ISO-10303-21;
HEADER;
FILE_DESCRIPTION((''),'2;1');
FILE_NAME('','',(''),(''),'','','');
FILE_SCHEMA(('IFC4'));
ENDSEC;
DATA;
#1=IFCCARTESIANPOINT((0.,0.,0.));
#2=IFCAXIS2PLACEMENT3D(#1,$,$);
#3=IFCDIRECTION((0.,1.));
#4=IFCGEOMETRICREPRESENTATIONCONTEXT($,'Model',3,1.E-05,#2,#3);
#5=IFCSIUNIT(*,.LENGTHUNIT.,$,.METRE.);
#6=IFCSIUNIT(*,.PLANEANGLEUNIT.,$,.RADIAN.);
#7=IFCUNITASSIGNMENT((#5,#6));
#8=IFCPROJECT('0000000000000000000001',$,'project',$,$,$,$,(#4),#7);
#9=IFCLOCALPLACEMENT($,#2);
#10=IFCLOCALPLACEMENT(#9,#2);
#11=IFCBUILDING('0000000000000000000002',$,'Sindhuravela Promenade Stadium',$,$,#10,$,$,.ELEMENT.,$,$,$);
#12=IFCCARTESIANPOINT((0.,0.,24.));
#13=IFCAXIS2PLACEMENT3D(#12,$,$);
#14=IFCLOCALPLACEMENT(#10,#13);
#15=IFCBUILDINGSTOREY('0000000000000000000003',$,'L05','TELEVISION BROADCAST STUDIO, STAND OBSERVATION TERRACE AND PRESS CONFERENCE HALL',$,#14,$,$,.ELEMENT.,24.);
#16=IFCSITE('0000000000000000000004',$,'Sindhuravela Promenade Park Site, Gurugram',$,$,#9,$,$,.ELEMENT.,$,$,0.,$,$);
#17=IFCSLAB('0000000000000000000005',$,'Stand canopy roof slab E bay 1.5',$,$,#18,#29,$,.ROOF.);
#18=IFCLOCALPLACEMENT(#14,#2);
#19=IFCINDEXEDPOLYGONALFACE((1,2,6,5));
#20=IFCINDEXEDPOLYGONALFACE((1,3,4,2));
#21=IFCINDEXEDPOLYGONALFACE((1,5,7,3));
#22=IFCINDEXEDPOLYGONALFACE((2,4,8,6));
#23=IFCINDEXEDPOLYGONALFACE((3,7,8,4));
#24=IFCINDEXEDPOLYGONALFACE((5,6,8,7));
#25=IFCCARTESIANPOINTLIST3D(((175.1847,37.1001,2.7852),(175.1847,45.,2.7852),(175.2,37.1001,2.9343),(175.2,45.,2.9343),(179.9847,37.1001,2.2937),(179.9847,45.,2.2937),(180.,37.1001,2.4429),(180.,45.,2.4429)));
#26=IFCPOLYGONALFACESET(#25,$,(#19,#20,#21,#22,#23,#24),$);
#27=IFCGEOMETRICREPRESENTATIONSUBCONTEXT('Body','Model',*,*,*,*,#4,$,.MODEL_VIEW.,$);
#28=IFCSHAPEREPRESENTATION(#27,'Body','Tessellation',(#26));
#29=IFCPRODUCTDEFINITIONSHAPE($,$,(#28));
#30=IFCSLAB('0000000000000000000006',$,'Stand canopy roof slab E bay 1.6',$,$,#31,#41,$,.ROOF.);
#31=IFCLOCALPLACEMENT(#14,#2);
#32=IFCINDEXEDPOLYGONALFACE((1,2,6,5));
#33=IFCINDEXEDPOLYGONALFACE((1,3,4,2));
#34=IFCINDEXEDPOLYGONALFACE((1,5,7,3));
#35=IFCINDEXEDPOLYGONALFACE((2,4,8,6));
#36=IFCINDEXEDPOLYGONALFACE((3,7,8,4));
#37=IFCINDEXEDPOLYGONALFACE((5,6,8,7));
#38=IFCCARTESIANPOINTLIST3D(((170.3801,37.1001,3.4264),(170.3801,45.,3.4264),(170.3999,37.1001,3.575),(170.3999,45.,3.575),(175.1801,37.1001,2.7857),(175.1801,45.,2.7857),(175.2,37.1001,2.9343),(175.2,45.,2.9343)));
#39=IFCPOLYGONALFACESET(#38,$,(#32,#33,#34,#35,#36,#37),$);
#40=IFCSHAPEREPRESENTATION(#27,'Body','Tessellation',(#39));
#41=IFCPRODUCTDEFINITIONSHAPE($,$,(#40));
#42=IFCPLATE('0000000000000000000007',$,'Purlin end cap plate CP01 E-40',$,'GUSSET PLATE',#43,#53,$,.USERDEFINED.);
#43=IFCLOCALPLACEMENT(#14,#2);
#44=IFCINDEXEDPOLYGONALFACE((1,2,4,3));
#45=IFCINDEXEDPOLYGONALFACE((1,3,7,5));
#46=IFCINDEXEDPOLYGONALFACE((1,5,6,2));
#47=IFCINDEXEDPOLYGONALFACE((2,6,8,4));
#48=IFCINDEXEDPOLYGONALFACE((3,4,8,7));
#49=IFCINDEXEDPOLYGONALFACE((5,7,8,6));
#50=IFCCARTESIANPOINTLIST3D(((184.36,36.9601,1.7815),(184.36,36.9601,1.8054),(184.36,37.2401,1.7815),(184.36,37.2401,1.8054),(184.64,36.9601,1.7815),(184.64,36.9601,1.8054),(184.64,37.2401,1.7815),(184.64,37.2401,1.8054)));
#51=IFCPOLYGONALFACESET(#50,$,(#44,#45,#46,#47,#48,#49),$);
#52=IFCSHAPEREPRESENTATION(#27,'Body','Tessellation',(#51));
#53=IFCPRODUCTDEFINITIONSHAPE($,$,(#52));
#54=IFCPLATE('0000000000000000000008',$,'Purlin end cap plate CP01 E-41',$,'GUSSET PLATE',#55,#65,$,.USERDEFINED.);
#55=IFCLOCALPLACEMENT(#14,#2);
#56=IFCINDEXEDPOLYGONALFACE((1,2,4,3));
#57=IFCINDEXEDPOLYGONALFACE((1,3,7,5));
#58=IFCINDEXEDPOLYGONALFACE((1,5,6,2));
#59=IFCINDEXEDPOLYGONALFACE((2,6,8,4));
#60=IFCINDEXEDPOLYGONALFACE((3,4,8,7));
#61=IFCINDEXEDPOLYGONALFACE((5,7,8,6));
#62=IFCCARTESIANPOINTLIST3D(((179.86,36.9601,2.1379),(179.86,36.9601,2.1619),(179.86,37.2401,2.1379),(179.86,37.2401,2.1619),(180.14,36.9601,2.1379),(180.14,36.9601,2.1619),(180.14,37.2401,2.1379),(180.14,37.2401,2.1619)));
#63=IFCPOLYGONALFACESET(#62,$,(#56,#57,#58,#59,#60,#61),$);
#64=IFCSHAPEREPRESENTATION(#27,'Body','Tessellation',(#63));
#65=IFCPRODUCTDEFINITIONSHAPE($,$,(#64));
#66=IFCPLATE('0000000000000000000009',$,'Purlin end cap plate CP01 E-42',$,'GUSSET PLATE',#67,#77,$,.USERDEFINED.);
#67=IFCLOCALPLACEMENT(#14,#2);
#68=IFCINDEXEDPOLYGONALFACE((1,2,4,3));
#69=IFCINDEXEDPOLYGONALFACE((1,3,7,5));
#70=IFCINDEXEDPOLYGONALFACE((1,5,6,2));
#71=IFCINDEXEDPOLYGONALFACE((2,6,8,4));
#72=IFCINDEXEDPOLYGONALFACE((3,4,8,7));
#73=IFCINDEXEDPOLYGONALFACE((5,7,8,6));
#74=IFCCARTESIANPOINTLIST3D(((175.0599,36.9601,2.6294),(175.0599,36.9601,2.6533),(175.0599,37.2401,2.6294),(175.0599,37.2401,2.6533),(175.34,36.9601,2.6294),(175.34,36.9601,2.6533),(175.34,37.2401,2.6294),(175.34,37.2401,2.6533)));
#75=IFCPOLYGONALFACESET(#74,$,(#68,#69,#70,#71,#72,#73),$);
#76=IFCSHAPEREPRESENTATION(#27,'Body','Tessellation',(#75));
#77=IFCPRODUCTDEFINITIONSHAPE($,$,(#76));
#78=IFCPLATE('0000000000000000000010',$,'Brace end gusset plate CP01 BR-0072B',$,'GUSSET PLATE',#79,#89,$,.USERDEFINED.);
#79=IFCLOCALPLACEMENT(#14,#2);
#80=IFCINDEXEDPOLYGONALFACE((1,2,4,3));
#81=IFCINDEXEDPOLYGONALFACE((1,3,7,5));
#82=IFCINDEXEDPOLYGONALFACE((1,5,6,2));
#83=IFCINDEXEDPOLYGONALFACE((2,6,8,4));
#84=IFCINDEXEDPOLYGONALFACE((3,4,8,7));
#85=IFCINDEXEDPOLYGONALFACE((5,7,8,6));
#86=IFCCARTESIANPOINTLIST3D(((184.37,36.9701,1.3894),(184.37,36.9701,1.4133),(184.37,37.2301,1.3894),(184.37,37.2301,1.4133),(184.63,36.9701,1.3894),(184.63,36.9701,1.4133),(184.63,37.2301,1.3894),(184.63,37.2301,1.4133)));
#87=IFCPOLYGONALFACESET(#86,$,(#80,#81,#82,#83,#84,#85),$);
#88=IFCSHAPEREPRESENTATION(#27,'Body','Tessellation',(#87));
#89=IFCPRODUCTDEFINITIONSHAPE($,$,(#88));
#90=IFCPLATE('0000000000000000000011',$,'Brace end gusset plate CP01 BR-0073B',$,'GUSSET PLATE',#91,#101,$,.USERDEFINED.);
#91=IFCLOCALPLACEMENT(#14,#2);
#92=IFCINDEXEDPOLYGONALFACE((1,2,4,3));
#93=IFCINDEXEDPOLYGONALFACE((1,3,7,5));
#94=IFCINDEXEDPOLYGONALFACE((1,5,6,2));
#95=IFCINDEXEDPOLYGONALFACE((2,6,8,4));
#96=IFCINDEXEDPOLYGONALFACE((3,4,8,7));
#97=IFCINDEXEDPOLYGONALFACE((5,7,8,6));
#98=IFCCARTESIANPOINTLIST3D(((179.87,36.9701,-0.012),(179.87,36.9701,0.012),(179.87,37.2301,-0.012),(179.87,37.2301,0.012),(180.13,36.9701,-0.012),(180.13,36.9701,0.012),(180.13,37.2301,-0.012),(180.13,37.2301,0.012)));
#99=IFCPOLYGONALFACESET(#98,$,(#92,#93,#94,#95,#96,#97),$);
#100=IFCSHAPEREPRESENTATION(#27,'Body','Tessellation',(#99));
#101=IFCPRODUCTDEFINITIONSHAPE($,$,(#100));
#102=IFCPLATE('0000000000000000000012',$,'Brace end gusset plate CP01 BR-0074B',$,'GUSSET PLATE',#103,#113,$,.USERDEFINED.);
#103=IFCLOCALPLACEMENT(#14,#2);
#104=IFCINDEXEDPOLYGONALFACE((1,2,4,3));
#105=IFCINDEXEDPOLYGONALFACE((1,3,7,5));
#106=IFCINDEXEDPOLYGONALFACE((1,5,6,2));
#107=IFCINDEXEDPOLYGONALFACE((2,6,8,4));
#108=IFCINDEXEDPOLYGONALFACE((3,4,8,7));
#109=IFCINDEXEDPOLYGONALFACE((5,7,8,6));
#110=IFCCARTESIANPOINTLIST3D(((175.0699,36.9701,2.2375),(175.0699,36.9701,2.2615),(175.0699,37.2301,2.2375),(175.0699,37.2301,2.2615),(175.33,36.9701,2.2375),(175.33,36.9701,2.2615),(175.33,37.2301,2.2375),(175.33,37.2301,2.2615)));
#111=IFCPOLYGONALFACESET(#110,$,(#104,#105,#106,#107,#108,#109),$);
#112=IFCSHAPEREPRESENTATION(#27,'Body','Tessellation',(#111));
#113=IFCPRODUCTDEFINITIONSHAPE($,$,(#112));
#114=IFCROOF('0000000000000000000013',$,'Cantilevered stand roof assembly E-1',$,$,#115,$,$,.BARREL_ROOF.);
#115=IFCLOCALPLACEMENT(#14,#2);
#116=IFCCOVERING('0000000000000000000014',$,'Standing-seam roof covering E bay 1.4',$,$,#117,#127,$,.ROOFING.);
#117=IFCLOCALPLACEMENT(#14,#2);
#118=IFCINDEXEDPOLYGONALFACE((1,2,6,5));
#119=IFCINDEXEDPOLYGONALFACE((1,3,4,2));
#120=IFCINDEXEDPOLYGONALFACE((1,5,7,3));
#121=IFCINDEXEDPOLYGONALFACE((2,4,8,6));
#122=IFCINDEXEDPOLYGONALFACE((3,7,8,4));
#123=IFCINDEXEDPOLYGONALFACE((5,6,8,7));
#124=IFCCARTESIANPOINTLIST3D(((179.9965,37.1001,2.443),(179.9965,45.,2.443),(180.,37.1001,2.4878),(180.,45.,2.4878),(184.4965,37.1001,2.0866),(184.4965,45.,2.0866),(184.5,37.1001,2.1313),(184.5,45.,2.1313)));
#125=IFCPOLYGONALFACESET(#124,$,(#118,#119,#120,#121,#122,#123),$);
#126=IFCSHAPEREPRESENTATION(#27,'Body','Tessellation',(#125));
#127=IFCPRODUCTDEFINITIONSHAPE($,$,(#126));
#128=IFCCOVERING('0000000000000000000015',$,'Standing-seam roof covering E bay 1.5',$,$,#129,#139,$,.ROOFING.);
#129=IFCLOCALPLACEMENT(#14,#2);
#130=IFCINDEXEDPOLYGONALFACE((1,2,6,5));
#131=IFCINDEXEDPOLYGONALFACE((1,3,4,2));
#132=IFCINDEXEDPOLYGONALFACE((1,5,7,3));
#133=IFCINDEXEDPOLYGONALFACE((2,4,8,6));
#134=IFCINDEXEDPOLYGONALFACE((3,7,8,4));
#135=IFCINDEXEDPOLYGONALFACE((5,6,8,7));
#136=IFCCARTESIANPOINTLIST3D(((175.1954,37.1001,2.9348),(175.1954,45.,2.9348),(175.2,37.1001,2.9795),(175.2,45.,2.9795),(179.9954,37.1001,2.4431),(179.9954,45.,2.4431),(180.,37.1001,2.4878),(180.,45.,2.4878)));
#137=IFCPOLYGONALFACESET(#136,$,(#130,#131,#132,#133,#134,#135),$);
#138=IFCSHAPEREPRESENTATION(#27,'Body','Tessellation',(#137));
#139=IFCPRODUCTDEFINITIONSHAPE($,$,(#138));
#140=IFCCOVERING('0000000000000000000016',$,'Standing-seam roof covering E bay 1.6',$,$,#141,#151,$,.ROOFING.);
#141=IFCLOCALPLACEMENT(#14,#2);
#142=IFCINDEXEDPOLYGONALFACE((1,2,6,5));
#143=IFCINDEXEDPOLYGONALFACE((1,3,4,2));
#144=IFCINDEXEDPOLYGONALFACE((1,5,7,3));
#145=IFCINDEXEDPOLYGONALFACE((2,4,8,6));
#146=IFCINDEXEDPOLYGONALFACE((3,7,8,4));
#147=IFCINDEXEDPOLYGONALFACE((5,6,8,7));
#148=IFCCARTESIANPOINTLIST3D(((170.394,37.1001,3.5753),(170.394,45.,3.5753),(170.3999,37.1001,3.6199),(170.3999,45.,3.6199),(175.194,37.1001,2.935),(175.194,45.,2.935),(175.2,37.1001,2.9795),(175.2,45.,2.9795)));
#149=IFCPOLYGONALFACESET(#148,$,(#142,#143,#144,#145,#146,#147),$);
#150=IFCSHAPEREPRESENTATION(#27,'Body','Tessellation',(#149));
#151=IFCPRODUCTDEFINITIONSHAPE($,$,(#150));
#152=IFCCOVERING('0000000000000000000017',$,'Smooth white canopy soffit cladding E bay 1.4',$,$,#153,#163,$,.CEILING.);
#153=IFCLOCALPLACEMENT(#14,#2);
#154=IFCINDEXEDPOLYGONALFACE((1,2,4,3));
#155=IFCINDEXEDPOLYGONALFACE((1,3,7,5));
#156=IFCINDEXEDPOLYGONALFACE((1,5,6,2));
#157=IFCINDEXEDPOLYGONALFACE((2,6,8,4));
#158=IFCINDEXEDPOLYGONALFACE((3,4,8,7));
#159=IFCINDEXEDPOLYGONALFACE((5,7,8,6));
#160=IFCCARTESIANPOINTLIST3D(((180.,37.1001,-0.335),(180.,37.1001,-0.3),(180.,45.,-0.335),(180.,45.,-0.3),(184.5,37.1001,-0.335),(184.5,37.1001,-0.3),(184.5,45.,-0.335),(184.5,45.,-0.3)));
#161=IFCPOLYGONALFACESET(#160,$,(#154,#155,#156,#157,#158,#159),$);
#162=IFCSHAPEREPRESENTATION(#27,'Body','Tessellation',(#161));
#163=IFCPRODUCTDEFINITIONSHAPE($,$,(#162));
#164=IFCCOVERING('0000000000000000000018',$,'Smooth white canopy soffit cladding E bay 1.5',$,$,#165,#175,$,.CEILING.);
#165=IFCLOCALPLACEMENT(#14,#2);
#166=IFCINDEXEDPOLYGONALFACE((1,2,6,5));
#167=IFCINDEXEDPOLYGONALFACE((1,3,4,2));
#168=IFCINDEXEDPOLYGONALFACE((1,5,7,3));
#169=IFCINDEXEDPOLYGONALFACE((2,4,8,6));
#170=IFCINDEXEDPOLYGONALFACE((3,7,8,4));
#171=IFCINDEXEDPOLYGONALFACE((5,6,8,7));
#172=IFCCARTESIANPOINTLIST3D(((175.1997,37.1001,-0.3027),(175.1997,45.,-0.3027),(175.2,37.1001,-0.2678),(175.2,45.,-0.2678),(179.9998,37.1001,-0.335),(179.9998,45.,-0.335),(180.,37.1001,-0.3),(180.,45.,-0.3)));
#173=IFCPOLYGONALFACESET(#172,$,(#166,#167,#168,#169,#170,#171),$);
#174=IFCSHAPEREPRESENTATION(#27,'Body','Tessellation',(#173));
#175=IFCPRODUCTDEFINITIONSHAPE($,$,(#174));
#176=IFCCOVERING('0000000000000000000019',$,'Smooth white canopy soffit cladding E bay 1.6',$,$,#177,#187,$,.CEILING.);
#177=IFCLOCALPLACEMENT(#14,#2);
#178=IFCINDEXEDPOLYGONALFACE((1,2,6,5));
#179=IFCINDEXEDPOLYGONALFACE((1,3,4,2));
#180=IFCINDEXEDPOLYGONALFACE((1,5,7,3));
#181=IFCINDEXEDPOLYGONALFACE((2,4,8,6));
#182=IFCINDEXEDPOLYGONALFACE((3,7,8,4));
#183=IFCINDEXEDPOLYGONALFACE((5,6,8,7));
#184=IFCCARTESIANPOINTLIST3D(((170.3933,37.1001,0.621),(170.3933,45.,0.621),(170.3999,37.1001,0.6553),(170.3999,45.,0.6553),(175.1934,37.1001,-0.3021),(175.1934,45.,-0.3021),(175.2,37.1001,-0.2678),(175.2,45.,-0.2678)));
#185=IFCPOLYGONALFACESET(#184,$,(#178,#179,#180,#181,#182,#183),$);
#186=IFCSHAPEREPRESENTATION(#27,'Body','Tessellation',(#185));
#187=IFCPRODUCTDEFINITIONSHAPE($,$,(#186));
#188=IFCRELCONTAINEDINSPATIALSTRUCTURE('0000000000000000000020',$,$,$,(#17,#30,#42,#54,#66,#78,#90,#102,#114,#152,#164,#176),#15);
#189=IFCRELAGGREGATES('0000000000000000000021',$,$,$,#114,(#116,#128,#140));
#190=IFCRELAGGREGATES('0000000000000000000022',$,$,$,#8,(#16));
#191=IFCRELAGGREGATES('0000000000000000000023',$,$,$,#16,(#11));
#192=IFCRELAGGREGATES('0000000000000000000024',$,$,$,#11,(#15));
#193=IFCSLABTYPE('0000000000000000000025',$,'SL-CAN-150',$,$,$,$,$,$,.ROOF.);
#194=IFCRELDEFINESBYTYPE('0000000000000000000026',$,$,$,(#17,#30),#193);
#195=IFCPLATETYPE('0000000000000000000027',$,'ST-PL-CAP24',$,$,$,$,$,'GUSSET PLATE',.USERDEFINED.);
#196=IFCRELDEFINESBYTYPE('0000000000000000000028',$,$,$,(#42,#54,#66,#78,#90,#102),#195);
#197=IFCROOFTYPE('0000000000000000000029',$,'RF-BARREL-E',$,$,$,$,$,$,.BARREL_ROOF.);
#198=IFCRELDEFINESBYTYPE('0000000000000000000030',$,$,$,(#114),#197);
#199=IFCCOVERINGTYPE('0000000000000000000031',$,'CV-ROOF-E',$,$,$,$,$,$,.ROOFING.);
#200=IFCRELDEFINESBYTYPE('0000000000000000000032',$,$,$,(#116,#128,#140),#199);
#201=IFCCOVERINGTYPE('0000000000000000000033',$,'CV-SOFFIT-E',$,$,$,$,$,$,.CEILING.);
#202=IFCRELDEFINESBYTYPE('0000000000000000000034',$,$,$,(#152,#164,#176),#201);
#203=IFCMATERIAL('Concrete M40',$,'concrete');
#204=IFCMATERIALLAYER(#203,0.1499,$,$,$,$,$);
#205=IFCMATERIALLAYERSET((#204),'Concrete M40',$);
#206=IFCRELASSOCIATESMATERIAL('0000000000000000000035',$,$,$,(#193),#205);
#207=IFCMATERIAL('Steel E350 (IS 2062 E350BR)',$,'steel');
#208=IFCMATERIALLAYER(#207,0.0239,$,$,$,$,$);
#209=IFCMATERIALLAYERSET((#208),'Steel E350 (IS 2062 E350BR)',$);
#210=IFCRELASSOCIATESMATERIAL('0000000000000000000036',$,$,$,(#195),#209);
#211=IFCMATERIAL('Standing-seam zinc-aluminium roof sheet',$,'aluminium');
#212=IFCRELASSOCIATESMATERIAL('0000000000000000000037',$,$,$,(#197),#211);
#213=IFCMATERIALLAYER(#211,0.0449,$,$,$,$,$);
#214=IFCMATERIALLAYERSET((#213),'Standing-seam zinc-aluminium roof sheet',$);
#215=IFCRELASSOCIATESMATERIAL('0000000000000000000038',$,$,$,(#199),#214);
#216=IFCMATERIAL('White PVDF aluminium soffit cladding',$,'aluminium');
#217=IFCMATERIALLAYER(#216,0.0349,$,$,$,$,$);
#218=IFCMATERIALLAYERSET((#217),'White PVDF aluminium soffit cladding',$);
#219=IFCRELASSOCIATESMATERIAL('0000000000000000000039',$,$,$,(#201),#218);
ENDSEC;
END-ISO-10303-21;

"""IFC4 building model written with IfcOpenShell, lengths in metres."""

from ifc_helpers import new_model, si_unit, direction, frame, origin, origin_2d, place, context, subcontext, project, spatial, polyline, rectangle, outline, extrude, material, layer, layer_set, type_object, element, aggregate, save


model = new_model("IFC4")

# Units and contexts
model_context = context("Model", 3, precision=1e-05, world=origin(), true_north=direction((0.0, 1.0)))
body_context = subcontext(model_context, "Body", "Model", "MODEL_VIEW")
ifc_project = project(units=[si_unit("LENGTHUNIT", "METRE"), si_unit("PLANEANGLEUNIT", "RADIAN")], contexts=[model_context])

# Site, building, storey
site_placement = place(None, origin())
site = spatial("IfcSite", under=ifc_project, at=site_placement, Name="Sindhuravela Promenade Park Site, Gurugram", CompositionType="ELEMENT", RefElevation=0.0)
building_placement = place(site_placement, origin())
building = spatial("IfcBuilding", under=site, at=building_placement, Name="Sindhuravela Promenade Stadium", CompositionType="ELEMENT")
storey_placement = place(building_placement, frame((0.0, 0.0, 24.0)))
storey = spatial("IfcBuildingStorey", under=building, at=storey_placement, Name="L05", Description="TELEVISION BROADCAST STUDIO, STAND OBSERVATION TERRACE AND PRESS CONFERENCE HALL", CompositionType="ELEMENT", Elevation=24.0)

# Shared definitions
ifc_material_1 = material(Name="Steel E350 (IS 2062 E350BR)", Category="steel")

# Slabs
ifc_material_2 = material(Name="Concrete M40", Category="concrete")
ifc_layer_1 = layer(ifc_material_2, 0.1499)
ifc_layer_set_1 = layer_set([ifc_layer_1], Name="Concrete M40")
slab_type = type_object("IfcSlabType", Name="SL-CAN-150", PredefinedType="ROOF", material=ifc_layer_set_1)
slab_1_placement = place(storey_placement, frame((180.0, 37.1001, 2.4429), z_axis=(0.101853, 0.0, 0.994799), x_axis=(0.0, 1.0, 0.0)))
element("IfcSlab", 1, at=slab_1_placement, inside=storey, type_object=slab_type, Name="Stand canopy roof slab E bay 1.5", PredefinedType="ROOF", context=body_context, shape_type="SweptSolid", body=[
    extrude(outline(polyline([(0.0, 0.0), (7.8999, 0.0), (7.8999, 4.8251), (0.0, 4.8251), (0.0, 0.0)])), origin(), (0.0, 0.0, -1.0), 0.1499),
])
slab_2_placement = place(storey_placement, frame((175.2, 37.1001, 2.9343), z_axis=(0.132289, 0.0, 0.991211), x_axis=(0.0, 1.0, 0.0)))
element("IfcSlab", 2, at=slab_2_placement, inside=storey, type_object=slab_type, Name="Stand canopy roof slab E bay 1.6", PredefinedType="ROOF", context=body_context, shape_type="SweptSolid", body=[
    extrude(outline(polyline([(0.0, 0.0), (7.8999, 0.0), (7.8999, 4.8426), (0.0, 4.8426), (0.0, 0.0)])), origin(), (0.0, 0.0, -1.0), 0.1499),
])

# Plates
ifc_layer_2 = layer(ifc_material_1, 0.0239)
ifc_layer_set_2 = layer_set([ifc_layer_2], Name="Steel E350 (IS 2062 E350BR)")
plate_type = type_object("IfcPlateType", Name="ST-PL-CAP24", ElementType="GUSSET PLATE", PredefinedType="USERDEFINED", material=ifc_layer_set_2)
for number, where, z_axis, x_axis, name in (
    (3, (184.5, 37.1001, 1.7815), (0.0, 0.0, 1.0), (1.0, 0.0, 0.0), "Purlin end cap plate CP01 E-40"),
    (4, (180.0, 37.1001, 2.1379), (0.0, 0.0, 1.0), (1.0, 0.0, 0.0), "Purlin end cap plate CP01 E-41"),
    (5, (175.2, 37.1001, 2.6294), (0.0, 0.0, 1.0), (1.0, 0.0, 0.0), "Purlin end cap plate CP01 E-42"),
):
    element("IfcPlate", number, at=place(storey_placement, frame(where, z_axis=z_axis, x_axis=x_axis)), inside=storey, type_object=plate_type, Name=name, ObjectType="GUSSET PLATE", PredefinedType="USERDEFINED", context=body_context, shape_type="SweptSolid", body=[
        extrude(rectangle(XDim=0.28, YDim=0.28, at=origin_2d()), origin(), (0.0, 0.0, 1.0), 0.0239),
    ])
for number, where, z_axis, x_axis, name in (
    (6, (184.5, 37.1001, 1.3894), (0.0, 0.0, 1.0), (1.0, 0.0, 0.0), "Brace end gusset plate CP01 BR-0072B"),
    (7, (180.0, 37.1001, -0.012), (0.0, 0.0, 1.0), (1.0, 0.0, 0.0), "Brace end gusset plate CP01 BR-0073B"),
    (8, (175.2, 37.1001, 2.2375), (0.0, 0.0, 1.0), (1.0, 0.0, 0.0), "Brace end gusset plate CP01 BR-0074B"),
):
    element("IfcPlate", number, at=place(storey_placement, frame(where, z_axis=z_axis, x_axis=x_axis)), inside=storey, type_object=plate_type, Name=name, ObjectType="GUSSET PLATE", PredefinedType="USERDEFINED", context=body_context, shape_type="SweptSolid", body=[
        extrude(rectangle(XDim=0.26, YDim=0.26, at=origin_2d()), origin(), (0.0, 0.0, 1.0), 0.0239),
    ])

# Roof, coverings
ifc_material_3 = material(Name="Standing-seam zinc-aluminium roof sheet", Category="aluminium")
roof_type = type_object("IfcRoofType", Name="RF-BARREL-E", PredefinedType="BARREL_ROOF", material=ifc_material_3)
roof_placement = place(storey_placement, origin())
roof = element("IfcRoof", 9, at=roof_placement, inside=storey, type_object=roof_type, Name="Cantilevered stand roof assembly E-1", PredefinedType="BARREL_ROOF")
ifc_layer_3 = layer(ifc_material_3, 0.0449)
ifc_layer_set_3 = layer_set([ifc_layer_3], Name="Standing-seam zinc-aluminium roof sheet")
covering_type_1 = type_object("IfcCoveringType", Name="CV-ROOF-E", PredefinedType="ROOFING", material=ifc_layer_set_3)
covering_1_placement = place(storey_placement, frame((184.5, 37.1001, 2.1313), z_axis=(0.078963, 0.0, 0.996878), x_axis=(0.0, 1.0, 0.0)))
covering_1 = element("IfcCovering", 10, at=covering_1_placement, type_object=covering_type_1, Name="Standing-seam roof covering E bay 1.4", PredefinedType="ROOFING", context=body_context, shape_type="SweptSolid", body=[
    extrude(outline(polyline([(0.0, 0.0), (7.8999, 0.0), (7.8999, 4.5141), (0.0, 4.5141), (0.0, 0.0)])), origin(), (0.0, 0.0, -1.0), 0.0449),
])
covering_2_placement = place(storey_placement, frame((180.0, 37.1001, 2.4878), z_axis=(0.101903, 0.0, 0.994794), x_axis=(0.0, 1.0, 0.0)))
covering_2 = element("IfcCovering", 11, at=covering_2_placement, type_object=covering_type_1, Name="Standing-seam roof covering E bay 1.5", PredefinedType="ROOFING", context=body_context, shape_type="SweptSolid", body=[
    extrude(outline(polyline([(0.0, 0.0), (7.8999, 0.0), (7.8999, 4.8252), (0.0, 4.8252), (0.0, 0.0)])), origin(), (0.0, 0.0, -1.0), 0.0449),
])
covering_3_placement = place(storey_placement, frame((175.2, 37.1001, 2.9795), z_axis=(0.13224, 0.0, 0.991218), x_axis=(0.0, 1.0, 0.0)))
covering_3 = element("IfcCovering", 12, at=covering_3_placement, type_object=covering_type_1, Name="Standing-seam roof covering E bay 1.6", PredefinedType="ROOFING", context=body_context, shape_type="SweptSolid", body=[
    extrude(outline(polyline([(0.0, 0.0), (7.8999, 0.0), (7.8999, 4.8426), (0.0, 4.8426), (0.0, 0.0)])), origin(), (0.0, 0.0, -1.0), 0.0449),
])
aggregate(roof, [covering_1, covering_2, covering_3])

# Coverings
ifc_material_4 = material(Name="White PVDF aluminium soffit cladding", Category="aluminium")
ifc_layer_4 = layer(ifc_material_4, 0.0349)
ifc_layer_set_4 = layer_set([ifc_layer_4], Name="White PVDF aluminium soffit cladding")
covering_type_2 = type_object("IfcCoveringType", Name="CV-SOFFIT-E", PredefinedType="CEILING", material=ifc_layer_set_4)
covering_4_placement = place(storey_placement, frame((184.5, 37.1001, -0.3), z_axis=(0.0, 0.0, 1.0), x_axis=(0.0, 1.0, 0.0)))
element("IfcCovering", 13, at=covering_4_placement, inside=storey, type_object=covering_type_2, Name="Smooth white canopy soffit cladding E bay 1.4", PredefinedType="CEILING", context=body_context, shape_type="SweptSolid", body=[
    extrude(outline(polyline([(0.0, 0.0), (7.8999, 0.0), (7.8999, 4.5), (0.0, 4.5), (0.0, 0.0)])), origin(), (0.0, 0.0, -1.0), 0.0349),
])
covering_5_placement = place(storey_placement, frame((180.0, 37.1001, -0.3), z_axis=(0.006714, 0.0, 0.999977), x_axis=(0.0, 1.0, 0.0)))
element("IfcCovering", 14, at=covering_5_placement, inside=storey, type_object=covering_type_2, Name="Smooth white canopy soffit cladding E bay 1.5", PredefinedType="CEILING", context=body_context, shape_type="SweptSolid", body=[
    extrude(outline(polyline([(0.0, 0.0), (7.8999, 0.0), (7.8999, 4.8002), (0.0, 4.8002), (0.0, 0.0)])), origin(), (0.0, 0.0, -1.0), 0.0349),
])
covering_6_placement = place(storey_placement, frame((175.2, 37.1001, -0.2678), z_axis=(0.188849, 0.0, 0.982006), x_axis=(0.0, 1.0, 0.0)))
element("IfcCovering", 15, at=covering_6_placement, inside=storey, type_object=covering_type_2, Name="Smooth white canopy soffit cladding E bay 1.6", PredefinedType="CEILING", context=body_context, shape_type="SweptSolid", body=[
    extrude(outline(polyline([(0.0, 0.0), (7.8999, 0.0), (7.8999, 4.888), (0.0, 4.888), (0.0, 0.0)])), origin(), (0.0, 0.0, -1.0), 0.0349),
])

save(model, "model.ifc")
